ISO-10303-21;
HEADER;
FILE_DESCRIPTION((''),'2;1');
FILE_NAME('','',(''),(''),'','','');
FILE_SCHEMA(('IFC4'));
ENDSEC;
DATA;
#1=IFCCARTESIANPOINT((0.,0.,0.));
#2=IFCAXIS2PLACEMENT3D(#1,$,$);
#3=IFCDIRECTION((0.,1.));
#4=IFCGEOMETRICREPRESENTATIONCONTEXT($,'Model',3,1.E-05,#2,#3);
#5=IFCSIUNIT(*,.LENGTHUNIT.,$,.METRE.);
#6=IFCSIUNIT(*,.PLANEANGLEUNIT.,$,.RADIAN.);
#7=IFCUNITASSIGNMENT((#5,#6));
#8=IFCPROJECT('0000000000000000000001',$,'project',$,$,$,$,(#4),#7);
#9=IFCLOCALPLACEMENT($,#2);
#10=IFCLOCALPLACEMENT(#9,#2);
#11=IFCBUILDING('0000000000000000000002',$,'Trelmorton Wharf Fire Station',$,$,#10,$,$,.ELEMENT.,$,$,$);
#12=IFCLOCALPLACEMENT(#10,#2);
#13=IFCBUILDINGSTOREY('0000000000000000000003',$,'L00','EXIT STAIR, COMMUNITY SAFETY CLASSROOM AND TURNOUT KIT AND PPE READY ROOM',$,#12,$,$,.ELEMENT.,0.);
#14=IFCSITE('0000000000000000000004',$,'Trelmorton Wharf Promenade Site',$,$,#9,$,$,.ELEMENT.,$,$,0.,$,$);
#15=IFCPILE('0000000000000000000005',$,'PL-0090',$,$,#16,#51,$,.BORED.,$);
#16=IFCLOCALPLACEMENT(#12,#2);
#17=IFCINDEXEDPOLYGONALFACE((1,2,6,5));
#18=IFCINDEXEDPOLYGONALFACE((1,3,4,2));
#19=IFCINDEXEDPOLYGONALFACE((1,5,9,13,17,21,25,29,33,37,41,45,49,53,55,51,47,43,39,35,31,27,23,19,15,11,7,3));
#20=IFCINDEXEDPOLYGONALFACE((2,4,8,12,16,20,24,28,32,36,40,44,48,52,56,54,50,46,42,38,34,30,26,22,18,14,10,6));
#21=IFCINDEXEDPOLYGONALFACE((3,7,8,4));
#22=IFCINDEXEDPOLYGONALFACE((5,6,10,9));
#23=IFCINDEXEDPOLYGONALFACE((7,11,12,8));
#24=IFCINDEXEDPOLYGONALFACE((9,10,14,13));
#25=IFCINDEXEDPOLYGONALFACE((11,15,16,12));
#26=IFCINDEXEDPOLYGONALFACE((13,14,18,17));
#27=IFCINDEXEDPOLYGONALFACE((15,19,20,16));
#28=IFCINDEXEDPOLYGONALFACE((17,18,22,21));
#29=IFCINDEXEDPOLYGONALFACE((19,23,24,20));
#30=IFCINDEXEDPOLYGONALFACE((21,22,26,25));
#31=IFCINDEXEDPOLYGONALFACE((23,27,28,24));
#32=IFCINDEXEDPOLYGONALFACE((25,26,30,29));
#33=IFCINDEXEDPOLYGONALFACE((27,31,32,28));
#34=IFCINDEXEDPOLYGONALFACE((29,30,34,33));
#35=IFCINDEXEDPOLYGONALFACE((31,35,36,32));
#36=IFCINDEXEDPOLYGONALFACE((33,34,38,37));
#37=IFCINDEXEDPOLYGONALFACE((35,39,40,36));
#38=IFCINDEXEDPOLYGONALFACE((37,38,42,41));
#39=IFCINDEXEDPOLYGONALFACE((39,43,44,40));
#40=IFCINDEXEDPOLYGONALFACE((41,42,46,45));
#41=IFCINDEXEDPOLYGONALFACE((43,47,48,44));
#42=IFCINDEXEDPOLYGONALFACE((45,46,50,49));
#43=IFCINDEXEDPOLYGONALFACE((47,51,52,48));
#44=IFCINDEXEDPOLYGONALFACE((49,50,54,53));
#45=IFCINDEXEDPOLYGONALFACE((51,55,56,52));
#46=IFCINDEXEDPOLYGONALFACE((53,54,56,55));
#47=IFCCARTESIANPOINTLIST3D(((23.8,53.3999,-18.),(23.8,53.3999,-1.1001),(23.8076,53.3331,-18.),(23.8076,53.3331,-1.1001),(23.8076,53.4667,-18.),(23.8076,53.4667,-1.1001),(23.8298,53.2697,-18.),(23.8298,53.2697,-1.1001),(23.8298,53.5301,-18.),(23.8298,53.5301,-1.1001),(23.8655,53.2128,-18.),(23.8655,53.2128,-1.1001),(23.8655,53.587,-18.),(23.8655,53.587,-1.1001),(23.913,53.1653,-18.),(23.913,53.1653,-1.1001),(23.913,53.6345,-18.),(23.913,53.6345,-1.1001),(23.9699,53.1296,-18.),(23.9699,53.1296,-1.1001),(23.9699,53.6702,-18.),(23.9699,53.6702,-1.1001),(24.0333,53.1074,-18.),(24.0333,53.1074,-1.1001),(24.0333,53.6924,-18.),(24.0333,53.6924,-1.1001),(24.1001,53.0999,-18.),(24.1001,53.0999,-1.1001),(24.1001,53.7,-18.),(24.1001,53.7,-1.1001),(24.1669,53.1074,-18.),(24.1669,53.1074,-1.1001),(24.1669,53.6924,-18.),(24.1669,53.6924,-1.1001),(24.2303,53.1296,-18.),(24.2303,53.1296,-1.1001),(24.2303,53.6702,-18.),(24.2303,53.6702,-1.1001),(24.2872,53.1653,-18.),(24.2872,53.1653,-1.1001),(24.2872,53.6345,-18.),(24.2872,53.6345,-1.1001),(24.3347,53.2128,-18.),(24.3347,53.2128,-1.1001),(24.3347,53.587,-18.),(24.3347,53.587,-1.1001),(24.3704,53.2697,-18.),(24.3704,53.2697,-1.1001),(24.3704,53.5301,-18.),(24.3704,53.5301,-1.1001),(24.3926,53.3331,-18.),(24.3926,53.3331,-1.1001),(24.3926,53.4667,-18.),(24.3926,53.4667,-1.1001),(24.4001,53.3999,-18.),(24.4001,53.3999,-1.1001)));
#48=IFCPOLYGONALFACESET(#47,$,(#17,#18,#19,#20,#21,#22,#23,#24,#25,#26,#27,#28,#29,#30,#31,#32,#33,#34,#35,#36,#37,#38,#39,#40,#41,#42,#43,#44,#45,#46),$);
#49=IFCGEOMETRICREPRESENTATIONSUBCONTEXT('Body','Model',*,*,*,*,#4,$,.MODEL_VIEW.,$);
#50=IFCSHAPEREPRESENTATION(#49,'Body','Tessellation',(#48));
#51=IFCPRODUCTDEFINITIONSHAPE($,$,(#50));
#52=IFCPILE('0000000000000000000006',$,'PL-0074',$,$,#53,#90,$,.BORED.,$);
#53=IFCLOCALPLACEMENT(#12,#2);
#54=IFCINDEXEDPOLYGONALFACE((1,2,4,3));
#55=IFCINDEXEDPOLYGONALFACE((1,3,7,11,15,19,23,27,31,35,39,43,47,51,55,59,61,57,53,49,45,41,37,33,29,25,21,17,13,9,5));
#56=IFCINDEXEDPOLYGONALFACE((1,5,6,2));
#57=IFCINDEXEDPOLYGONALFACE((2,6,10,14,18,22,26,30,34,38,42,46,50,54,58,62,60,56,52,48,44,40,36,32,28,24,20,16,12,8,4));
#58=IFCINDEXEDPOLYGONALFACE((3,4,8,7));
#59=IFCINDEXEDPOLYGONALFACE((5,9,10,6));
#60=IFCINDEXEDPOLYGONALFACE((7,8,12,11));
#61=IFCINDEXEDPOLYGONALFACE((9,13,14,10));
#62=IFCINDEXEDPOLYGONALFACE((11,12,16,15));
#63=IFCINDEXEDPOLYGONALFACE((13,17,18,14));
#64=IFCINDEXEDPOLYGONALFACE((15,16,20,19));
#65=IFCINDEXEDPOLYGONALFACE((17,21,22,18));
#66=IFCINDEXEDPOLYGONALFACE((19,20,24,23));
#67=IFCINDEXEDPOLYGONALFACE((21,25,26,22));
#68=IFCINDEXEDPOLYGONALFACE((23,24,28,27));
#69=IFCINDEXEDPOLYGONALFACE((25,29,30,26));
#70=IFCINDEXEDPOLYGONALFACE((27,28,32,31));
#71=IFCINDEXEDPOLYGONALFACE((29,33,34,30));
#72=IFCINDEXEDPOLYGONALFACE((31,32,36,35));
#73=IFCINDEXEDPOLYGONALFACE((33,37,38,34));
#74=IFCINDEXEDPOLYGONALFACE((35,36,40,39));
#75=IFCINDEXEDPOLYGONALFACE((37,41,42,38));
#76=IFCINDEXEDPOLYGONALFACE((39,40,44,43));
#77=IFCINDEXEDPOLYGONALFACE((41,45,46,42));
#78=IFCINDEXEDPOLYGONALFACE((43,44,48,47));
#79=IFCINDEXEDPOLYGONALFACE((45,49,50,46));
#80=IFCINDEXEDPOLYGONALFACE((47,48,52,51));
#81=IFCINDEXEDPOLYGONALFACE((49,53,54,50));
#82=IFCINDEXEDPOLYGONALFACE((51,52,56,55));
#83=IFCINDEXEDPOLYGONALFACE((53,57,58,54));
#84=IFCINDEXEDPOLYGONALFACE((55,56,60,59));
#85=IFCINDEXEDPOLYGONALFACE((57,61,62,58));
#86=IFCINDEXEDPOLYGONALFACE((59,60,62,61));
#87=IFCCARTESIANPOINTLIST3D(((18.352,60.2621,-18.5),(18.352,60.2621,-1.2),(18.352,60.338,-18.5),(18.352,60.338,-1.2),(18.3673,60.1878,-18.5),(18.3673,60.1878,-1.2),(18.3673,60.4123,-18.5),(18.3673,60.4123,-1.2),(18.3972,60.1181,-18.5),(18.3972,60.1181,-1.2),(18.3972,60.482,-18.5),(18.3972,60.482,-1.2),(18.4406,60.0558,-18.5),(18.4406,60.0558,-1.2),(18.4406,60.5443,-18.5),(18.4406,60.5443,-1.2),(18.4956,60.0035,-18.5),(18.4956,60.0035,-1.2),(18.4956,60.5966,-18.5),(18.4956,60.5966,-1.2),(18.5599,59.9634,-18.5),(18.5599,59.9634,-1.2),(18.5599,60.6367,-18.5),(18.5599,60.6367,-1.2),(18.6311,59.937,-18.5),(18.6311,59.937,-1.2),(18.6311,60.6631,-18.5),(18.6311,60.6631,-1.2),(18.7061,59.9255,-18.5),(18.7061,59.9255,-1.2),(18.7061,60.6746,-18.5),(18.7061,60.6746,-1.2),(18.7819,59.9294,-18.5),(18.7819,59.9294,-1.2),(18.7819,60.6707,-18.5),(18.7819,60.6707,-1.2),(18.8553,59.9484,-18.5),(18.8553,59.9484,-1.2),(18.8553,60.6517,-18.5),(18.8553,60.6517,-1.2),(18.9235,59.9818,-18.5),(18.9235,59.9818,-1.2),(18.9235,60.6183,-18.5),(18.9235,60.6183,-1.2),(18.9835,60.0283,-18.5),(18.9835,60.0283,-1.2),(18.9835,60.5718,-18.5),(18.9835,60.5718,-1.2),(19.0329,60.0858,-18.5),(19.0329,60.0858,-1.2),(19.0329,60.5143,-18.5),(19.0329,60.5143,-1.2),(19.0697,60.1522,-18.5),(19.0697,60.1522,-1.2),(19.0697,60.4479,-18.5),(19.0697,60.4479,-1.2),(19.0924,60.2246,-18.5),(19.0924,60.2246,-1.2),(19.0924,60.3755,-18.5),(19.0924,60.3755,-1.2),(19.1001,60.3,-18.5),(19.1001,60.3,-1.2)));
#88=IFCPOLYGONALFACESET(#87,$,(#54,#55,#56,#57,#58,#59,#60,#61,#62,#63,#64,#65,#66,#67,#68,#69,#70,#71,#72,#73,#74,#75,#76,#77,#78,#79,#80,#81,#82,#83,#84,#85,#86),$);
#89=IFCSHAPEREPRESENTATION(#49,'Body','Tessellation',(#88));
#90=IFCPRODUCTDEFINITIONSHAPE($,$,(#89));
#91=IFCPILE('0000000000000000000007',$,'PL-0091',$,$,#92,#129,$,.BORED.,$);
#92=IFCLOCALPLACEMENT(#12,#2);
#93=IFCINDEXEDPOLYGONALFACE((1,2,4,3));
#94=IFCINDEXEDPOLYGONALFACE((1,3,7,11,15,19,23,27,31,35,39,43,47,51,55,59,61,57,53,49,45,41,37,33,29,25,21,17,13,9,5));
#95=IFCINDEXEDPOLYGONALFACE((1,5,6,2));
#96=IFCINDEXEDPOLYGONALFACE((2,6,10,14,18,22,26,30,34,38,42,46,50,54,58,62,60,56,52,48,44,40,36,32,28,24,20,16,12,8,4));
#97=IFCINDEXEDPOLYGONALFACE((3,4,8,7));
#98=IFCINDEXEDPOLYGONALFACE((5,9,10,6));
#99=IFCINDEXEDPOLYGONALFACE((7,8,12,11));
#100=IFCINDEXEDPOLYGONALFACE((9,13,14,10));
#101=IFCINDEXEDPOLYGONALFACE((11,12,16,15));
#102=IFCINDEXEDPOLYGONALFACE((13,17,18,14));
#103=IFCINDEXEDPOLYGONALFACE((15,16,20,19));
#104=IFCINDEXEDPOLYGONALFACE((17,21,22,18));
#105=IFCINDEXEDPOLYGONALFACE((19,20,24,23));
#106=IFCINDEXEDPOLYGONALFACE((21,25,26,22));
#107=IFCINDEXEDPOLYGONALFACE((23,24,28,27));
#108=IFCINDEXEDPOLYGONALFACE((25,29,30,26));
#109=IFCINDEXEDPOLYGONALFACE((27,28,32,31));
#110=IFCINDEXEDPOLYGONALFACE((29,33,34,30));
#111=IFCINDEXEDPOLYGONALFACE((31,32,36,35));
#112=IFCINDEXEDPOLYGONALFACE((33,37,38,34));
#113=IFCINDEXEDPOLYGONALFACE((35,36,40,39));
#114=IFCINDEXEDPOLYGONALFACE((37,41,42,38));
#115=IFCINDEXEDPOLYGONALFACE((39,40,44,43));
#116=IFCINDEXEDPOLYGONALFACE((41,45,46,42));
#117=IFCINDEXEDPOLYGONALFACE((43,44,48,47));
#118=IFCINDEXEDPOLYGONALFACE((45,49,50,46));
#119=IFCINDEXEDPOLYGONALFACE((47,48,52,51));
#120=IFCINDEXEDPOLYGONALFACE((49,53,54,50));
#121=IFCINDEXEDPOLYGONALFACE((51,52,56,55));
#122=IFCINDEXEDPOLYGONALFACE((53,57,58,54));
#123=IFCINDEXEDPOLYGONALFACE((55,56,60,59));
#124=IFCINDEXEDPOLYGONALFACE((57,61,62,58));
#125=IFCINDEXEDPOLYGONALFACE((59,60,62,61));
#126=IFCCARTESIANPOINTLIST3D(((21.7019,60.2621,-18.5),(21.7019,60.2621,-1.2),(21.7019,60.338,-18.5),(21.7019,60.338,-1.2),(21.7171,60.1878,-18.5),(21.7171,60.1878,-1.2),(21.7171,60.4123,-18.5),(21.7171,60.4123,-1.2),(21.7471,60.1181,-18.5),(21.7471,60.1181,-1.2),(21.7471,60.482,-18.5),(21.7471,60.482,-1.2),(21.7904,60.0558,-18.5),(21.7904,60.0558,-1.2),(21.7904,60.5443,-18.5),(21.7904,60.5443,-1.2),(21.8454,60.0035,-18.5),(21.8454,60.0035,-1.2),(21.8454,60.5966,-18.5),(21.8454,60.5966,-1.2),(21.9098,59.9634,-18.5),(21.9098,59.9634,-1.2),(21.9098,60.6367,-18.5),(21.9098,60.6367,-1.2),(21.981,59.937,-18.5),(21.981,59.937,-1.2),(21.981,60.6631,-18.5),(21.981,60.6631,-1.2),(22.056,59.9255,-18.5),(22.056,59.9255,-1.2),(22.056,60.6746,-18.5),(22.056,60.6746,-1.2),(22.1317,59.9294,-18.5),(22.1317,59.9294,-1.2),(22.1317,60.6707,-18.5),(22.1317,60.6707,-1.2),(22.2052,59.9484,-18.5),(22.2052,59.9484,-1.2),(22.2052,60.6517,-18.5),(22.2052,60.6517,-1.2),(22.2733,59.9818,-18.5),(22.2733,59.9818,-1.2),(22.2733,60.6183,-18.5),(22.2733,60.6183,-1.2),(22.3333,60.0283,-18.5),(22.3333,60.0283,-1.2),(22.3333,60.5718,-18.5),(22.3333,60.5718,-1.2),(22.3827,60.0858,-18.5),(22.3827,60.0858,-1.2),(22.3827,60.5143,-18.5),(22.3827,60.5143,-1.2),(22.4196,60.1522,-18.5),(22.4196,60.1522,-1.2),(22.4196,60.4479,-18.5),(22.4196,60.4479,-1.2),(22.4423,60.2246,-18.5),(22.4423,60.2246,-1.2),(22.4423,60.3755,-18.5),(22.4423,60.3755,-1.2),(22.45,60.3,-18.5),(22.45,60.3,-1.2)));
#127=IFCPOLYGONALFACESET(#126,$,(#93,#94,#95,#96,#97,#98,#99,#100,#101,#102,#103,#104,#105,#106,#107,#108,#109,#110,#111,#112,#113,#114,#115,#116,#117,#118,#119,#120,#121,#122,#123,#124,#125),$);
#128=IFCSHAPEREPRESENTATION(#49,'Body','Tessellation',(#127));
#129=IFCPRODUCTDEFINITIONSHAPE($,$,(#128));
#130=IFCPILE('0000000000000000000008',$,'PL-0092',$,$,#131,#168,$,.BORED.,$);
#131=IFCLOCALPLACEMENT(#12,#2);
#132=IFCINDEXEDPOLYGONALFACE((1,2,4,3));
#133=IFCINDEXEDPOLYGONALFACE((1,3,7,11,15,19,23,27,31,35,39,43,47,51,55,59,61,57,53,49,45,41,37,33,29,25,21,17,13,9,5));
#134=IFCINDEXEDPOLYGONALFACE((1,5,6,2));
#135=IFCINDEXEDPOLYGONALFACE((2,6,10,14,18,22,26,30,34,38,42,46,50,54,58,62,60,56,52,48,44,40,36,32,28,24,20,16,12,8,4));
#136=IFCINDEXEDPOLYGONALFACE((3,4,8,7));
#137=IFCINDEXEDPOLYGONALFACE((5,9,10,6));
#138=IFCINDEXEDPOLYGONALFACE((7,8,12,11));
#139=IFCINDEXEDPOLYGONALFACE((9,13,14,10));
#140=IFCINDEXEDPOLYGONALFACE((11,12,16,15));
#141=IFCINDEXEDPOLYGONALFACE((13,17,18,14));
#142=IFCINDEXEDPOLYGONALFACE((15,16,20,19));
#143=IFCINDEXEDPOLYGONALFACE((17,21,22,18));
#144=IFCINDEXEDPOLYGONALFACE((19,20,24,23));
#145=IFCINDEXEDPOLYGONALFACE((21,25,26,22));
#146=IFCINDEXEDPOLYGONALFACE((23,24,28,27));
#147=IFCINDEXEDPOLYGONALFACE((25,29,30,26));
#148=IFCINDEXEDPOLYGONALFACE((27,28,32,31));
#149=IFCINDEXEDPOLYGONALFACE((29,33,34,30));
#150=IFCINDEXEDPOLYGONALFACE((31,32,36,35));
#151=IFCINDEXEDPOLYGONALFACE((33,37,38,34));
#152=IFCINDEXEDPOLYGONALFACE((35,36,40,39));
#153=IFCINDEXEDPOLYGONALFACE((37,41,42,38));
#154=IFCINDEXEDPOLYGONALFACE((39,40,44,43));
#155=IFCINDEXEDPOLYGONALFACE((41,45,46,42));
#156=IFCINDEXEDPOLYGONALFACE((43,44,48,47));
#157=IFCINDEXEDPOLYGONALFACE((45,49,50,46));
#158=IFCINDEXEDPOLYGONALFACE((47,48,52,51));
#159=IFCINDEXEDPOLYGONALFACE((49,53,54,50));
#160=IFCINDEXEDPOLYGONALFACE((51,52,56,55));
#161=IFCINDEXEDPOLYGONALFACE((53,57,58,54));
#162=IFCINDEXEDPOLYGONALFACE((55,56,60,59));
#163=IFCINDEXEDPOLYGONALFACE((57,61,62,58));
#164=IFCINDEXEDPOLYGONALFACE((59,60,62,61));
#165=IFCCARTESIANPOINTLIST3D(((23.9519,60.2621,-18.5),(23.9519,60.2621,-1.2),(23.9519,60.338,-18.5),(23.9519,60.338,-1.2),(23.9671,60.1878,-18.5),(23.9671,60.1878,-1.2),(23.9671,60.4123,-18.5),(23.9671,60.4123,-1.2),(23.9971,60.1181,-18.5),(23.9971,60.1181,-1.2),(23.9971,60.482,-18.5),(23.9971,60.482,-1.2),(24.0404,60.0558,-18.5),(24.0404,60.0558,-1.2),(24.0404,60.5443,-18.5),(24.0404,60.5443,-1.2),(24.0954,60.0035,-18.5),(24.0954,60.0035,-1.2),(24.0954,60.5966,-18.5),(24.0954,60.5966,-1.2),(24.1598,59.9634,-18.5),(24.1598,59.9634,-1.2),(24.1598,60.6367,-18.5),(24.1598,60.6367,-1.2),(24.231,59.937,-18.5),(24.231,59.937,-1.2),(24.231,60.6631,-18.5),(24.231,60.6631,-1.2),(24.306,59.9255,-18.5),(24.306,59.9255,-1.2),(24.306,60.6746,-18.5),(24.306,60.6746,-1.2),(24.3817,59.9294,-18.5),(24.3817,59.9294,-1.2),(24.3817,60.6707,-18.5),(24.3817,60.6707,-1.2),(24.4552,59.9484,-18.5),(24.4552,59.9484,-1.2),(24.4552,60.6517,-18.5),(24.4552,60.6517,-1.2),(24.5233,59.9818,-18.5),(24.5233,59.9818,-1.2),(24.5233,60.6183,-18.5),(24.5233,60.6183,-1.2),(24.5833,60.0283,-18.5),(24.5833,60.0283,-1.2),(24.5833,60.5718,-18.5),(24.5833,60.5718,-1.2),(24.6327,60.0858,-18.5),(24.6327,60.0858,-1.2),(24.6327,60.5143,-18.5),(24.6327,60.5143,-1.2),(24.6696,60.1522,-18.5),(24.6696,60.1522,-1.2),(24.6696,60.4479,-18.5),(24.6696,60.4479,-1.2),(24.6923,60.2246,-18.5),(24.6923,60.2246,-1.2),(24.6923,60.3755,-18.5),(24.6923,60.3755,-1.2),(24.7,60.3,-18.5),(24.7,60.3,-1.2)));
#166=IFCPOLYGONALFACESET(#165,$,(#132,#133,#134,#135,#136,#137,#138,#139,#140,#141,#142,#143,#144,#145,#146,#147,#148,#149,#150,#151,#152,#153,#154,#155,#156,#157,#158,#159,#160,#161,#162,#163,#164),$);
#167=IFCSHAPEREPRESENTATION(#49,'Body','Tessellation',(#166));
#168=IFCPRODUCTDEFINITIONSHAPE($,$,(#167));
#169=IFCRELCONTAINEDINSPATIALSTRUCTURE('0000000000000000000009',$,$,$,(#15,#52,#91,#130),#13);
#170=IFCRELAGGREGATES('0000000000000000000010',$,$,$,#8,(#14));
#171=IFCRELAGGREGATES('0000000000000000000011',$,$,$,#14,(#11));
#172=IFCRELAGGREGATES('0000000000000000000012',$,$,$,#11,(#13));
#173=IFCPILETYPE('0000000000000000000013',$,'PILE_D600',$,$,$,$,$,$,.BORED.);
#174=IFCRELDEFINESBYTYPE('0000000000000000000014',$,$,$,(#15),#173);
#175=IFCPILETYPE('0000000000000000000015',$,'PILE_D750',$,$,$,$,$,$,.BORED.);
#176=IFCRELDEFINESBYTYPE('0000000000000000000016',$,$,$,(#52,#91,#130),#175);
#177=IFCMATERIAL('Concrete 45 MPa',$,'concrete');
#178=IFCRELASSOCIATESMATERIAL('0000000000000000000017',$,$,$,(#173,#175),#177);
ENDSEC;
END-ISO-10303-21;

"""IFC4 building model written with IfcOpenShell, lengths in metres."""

from ifc_helpers import new_model, si_unit, direction, frame, origin, origin_2d, place, context, subcontext, project, spatial, circle, extrude, material, material_profile, profile_set, type_object, element, save


model = new_model("IFC4")

# Units and contexts
model_context = context("Model", 3, precision=1e-05, world=origin(), true_north=direction((0.0, 1.0)))
body_context = subcontext(model_context, "Body", "Model", "MODEL_VIEW")
ifc_project = project(units=[si_unit("LENGTHUNIT", "METRE"), si_unit("PLANEANGLEUNIT", "RADIAN")], contexts=[model_context])

# Site, building, storey
site_placement = place(None, origin())
site = spatial("IfcSite", under=ifc_project, at=site_placement, Name="Trelmorton Wharf Promenade Site", CompositionType="ELEMENT", RefElevation=0.0)
building_placement = place(site_placement, origin())
building = spatial("IfcBuilding", under=site, at=building_placement, Name="Trelmorton Wharf Fire Station", CompositionType="ELEMENT")
storey_placement = place(building_placement, origin())
storey = spatial("IfcBuildingStorey", under=building, at=storey_placement, Name="L00", Description="EXIT STAIR, COMMUNITY SAFETY CLASSROOM AND TURNOUT KIT AND PPE READY ROOM", CompositionType="ELEMENT", Elevation=0.0)

# Piles
ifc_material_1 = material(Name="Concrete 45 MPa", Category="concrete")
ifc_material_profile_1 = material_profile(ifc_material_1, circle(Radius=0.3, at=origin_2d()), Name="PILE-D600")
ifc_profile_set_1 = profile_set([ifc_material_profile_1], Name="Concrete 45 MPa")
pile_type_1 = type_object("IfcPileType", Name="PILE_D600", PredefinedType="BORED", material=ifc_profile_set_1)
for number, where, z_axis, x_axis, name in (
    (1, (24.1001, 53.3999, -1.1001), (0.0, 0.0, -1.0), (1.0, 0.0, 0.0), "PL-0090"),
):
    element("IfcPile", number, at=place(storey_placement, frame(where, z_axis=z_axis, x_axis=x_axis)), inside=storey, type_object=pile_type_1, Name=name, PredefinedType="BORED", context=body_context, shape_type="SweptSolid", body=[
        extrude(circle(Radius=0.3, at=origin_2d()), origin(), (0.0, 0.0, 1.0), 16.8999),
    ])
ifc_material_profile_2 = material_profile(ifc_material_1, circle(Radius=0.375, at=origin_2d()), Name="PILE-D750")
ifc_profile_set_2 = profile_set([ifc_material_profile_2], Name="Concrete 45 MPa")
pile_type_2 = type_object("IfcPileType", Name="PILE_D750", PredefinedType="BORED", material=ifc_profile_set_2)
for number, where, z_axis, x_axis, name in (
    (2, (18.7251, 60.3, -1.2), (0.0, 0.0, -1.0), (1.0, 0.0, 0.0), "PL-0074"),
    (3, (22.075, 60.3, -1.2), (0.0, 0.0, -1.0), (1.0, 0.0, 0.0), "PL-0091"),
    (4, (24.325, 60.3, -1.2), (0.0, 0.0, -1.0), (1.0, 0.0, 0.0), "PL-0092"),
):
    element("IfcPile", number, at=place(storey_placement, frame(where, z_axis=z_axis, x_axis=x_axis)), inside=storey, type_object=pile_type_2, Name=name, PredefinedType="BORED", context=body_context, shape_type="SweptSolid", body=[
        extrude(circle(Radius=0.375, at=origin_2d()), origin(), (0.0, 0.0, 1.0), 17.3),
    ])

save(model, "model.ifc")
